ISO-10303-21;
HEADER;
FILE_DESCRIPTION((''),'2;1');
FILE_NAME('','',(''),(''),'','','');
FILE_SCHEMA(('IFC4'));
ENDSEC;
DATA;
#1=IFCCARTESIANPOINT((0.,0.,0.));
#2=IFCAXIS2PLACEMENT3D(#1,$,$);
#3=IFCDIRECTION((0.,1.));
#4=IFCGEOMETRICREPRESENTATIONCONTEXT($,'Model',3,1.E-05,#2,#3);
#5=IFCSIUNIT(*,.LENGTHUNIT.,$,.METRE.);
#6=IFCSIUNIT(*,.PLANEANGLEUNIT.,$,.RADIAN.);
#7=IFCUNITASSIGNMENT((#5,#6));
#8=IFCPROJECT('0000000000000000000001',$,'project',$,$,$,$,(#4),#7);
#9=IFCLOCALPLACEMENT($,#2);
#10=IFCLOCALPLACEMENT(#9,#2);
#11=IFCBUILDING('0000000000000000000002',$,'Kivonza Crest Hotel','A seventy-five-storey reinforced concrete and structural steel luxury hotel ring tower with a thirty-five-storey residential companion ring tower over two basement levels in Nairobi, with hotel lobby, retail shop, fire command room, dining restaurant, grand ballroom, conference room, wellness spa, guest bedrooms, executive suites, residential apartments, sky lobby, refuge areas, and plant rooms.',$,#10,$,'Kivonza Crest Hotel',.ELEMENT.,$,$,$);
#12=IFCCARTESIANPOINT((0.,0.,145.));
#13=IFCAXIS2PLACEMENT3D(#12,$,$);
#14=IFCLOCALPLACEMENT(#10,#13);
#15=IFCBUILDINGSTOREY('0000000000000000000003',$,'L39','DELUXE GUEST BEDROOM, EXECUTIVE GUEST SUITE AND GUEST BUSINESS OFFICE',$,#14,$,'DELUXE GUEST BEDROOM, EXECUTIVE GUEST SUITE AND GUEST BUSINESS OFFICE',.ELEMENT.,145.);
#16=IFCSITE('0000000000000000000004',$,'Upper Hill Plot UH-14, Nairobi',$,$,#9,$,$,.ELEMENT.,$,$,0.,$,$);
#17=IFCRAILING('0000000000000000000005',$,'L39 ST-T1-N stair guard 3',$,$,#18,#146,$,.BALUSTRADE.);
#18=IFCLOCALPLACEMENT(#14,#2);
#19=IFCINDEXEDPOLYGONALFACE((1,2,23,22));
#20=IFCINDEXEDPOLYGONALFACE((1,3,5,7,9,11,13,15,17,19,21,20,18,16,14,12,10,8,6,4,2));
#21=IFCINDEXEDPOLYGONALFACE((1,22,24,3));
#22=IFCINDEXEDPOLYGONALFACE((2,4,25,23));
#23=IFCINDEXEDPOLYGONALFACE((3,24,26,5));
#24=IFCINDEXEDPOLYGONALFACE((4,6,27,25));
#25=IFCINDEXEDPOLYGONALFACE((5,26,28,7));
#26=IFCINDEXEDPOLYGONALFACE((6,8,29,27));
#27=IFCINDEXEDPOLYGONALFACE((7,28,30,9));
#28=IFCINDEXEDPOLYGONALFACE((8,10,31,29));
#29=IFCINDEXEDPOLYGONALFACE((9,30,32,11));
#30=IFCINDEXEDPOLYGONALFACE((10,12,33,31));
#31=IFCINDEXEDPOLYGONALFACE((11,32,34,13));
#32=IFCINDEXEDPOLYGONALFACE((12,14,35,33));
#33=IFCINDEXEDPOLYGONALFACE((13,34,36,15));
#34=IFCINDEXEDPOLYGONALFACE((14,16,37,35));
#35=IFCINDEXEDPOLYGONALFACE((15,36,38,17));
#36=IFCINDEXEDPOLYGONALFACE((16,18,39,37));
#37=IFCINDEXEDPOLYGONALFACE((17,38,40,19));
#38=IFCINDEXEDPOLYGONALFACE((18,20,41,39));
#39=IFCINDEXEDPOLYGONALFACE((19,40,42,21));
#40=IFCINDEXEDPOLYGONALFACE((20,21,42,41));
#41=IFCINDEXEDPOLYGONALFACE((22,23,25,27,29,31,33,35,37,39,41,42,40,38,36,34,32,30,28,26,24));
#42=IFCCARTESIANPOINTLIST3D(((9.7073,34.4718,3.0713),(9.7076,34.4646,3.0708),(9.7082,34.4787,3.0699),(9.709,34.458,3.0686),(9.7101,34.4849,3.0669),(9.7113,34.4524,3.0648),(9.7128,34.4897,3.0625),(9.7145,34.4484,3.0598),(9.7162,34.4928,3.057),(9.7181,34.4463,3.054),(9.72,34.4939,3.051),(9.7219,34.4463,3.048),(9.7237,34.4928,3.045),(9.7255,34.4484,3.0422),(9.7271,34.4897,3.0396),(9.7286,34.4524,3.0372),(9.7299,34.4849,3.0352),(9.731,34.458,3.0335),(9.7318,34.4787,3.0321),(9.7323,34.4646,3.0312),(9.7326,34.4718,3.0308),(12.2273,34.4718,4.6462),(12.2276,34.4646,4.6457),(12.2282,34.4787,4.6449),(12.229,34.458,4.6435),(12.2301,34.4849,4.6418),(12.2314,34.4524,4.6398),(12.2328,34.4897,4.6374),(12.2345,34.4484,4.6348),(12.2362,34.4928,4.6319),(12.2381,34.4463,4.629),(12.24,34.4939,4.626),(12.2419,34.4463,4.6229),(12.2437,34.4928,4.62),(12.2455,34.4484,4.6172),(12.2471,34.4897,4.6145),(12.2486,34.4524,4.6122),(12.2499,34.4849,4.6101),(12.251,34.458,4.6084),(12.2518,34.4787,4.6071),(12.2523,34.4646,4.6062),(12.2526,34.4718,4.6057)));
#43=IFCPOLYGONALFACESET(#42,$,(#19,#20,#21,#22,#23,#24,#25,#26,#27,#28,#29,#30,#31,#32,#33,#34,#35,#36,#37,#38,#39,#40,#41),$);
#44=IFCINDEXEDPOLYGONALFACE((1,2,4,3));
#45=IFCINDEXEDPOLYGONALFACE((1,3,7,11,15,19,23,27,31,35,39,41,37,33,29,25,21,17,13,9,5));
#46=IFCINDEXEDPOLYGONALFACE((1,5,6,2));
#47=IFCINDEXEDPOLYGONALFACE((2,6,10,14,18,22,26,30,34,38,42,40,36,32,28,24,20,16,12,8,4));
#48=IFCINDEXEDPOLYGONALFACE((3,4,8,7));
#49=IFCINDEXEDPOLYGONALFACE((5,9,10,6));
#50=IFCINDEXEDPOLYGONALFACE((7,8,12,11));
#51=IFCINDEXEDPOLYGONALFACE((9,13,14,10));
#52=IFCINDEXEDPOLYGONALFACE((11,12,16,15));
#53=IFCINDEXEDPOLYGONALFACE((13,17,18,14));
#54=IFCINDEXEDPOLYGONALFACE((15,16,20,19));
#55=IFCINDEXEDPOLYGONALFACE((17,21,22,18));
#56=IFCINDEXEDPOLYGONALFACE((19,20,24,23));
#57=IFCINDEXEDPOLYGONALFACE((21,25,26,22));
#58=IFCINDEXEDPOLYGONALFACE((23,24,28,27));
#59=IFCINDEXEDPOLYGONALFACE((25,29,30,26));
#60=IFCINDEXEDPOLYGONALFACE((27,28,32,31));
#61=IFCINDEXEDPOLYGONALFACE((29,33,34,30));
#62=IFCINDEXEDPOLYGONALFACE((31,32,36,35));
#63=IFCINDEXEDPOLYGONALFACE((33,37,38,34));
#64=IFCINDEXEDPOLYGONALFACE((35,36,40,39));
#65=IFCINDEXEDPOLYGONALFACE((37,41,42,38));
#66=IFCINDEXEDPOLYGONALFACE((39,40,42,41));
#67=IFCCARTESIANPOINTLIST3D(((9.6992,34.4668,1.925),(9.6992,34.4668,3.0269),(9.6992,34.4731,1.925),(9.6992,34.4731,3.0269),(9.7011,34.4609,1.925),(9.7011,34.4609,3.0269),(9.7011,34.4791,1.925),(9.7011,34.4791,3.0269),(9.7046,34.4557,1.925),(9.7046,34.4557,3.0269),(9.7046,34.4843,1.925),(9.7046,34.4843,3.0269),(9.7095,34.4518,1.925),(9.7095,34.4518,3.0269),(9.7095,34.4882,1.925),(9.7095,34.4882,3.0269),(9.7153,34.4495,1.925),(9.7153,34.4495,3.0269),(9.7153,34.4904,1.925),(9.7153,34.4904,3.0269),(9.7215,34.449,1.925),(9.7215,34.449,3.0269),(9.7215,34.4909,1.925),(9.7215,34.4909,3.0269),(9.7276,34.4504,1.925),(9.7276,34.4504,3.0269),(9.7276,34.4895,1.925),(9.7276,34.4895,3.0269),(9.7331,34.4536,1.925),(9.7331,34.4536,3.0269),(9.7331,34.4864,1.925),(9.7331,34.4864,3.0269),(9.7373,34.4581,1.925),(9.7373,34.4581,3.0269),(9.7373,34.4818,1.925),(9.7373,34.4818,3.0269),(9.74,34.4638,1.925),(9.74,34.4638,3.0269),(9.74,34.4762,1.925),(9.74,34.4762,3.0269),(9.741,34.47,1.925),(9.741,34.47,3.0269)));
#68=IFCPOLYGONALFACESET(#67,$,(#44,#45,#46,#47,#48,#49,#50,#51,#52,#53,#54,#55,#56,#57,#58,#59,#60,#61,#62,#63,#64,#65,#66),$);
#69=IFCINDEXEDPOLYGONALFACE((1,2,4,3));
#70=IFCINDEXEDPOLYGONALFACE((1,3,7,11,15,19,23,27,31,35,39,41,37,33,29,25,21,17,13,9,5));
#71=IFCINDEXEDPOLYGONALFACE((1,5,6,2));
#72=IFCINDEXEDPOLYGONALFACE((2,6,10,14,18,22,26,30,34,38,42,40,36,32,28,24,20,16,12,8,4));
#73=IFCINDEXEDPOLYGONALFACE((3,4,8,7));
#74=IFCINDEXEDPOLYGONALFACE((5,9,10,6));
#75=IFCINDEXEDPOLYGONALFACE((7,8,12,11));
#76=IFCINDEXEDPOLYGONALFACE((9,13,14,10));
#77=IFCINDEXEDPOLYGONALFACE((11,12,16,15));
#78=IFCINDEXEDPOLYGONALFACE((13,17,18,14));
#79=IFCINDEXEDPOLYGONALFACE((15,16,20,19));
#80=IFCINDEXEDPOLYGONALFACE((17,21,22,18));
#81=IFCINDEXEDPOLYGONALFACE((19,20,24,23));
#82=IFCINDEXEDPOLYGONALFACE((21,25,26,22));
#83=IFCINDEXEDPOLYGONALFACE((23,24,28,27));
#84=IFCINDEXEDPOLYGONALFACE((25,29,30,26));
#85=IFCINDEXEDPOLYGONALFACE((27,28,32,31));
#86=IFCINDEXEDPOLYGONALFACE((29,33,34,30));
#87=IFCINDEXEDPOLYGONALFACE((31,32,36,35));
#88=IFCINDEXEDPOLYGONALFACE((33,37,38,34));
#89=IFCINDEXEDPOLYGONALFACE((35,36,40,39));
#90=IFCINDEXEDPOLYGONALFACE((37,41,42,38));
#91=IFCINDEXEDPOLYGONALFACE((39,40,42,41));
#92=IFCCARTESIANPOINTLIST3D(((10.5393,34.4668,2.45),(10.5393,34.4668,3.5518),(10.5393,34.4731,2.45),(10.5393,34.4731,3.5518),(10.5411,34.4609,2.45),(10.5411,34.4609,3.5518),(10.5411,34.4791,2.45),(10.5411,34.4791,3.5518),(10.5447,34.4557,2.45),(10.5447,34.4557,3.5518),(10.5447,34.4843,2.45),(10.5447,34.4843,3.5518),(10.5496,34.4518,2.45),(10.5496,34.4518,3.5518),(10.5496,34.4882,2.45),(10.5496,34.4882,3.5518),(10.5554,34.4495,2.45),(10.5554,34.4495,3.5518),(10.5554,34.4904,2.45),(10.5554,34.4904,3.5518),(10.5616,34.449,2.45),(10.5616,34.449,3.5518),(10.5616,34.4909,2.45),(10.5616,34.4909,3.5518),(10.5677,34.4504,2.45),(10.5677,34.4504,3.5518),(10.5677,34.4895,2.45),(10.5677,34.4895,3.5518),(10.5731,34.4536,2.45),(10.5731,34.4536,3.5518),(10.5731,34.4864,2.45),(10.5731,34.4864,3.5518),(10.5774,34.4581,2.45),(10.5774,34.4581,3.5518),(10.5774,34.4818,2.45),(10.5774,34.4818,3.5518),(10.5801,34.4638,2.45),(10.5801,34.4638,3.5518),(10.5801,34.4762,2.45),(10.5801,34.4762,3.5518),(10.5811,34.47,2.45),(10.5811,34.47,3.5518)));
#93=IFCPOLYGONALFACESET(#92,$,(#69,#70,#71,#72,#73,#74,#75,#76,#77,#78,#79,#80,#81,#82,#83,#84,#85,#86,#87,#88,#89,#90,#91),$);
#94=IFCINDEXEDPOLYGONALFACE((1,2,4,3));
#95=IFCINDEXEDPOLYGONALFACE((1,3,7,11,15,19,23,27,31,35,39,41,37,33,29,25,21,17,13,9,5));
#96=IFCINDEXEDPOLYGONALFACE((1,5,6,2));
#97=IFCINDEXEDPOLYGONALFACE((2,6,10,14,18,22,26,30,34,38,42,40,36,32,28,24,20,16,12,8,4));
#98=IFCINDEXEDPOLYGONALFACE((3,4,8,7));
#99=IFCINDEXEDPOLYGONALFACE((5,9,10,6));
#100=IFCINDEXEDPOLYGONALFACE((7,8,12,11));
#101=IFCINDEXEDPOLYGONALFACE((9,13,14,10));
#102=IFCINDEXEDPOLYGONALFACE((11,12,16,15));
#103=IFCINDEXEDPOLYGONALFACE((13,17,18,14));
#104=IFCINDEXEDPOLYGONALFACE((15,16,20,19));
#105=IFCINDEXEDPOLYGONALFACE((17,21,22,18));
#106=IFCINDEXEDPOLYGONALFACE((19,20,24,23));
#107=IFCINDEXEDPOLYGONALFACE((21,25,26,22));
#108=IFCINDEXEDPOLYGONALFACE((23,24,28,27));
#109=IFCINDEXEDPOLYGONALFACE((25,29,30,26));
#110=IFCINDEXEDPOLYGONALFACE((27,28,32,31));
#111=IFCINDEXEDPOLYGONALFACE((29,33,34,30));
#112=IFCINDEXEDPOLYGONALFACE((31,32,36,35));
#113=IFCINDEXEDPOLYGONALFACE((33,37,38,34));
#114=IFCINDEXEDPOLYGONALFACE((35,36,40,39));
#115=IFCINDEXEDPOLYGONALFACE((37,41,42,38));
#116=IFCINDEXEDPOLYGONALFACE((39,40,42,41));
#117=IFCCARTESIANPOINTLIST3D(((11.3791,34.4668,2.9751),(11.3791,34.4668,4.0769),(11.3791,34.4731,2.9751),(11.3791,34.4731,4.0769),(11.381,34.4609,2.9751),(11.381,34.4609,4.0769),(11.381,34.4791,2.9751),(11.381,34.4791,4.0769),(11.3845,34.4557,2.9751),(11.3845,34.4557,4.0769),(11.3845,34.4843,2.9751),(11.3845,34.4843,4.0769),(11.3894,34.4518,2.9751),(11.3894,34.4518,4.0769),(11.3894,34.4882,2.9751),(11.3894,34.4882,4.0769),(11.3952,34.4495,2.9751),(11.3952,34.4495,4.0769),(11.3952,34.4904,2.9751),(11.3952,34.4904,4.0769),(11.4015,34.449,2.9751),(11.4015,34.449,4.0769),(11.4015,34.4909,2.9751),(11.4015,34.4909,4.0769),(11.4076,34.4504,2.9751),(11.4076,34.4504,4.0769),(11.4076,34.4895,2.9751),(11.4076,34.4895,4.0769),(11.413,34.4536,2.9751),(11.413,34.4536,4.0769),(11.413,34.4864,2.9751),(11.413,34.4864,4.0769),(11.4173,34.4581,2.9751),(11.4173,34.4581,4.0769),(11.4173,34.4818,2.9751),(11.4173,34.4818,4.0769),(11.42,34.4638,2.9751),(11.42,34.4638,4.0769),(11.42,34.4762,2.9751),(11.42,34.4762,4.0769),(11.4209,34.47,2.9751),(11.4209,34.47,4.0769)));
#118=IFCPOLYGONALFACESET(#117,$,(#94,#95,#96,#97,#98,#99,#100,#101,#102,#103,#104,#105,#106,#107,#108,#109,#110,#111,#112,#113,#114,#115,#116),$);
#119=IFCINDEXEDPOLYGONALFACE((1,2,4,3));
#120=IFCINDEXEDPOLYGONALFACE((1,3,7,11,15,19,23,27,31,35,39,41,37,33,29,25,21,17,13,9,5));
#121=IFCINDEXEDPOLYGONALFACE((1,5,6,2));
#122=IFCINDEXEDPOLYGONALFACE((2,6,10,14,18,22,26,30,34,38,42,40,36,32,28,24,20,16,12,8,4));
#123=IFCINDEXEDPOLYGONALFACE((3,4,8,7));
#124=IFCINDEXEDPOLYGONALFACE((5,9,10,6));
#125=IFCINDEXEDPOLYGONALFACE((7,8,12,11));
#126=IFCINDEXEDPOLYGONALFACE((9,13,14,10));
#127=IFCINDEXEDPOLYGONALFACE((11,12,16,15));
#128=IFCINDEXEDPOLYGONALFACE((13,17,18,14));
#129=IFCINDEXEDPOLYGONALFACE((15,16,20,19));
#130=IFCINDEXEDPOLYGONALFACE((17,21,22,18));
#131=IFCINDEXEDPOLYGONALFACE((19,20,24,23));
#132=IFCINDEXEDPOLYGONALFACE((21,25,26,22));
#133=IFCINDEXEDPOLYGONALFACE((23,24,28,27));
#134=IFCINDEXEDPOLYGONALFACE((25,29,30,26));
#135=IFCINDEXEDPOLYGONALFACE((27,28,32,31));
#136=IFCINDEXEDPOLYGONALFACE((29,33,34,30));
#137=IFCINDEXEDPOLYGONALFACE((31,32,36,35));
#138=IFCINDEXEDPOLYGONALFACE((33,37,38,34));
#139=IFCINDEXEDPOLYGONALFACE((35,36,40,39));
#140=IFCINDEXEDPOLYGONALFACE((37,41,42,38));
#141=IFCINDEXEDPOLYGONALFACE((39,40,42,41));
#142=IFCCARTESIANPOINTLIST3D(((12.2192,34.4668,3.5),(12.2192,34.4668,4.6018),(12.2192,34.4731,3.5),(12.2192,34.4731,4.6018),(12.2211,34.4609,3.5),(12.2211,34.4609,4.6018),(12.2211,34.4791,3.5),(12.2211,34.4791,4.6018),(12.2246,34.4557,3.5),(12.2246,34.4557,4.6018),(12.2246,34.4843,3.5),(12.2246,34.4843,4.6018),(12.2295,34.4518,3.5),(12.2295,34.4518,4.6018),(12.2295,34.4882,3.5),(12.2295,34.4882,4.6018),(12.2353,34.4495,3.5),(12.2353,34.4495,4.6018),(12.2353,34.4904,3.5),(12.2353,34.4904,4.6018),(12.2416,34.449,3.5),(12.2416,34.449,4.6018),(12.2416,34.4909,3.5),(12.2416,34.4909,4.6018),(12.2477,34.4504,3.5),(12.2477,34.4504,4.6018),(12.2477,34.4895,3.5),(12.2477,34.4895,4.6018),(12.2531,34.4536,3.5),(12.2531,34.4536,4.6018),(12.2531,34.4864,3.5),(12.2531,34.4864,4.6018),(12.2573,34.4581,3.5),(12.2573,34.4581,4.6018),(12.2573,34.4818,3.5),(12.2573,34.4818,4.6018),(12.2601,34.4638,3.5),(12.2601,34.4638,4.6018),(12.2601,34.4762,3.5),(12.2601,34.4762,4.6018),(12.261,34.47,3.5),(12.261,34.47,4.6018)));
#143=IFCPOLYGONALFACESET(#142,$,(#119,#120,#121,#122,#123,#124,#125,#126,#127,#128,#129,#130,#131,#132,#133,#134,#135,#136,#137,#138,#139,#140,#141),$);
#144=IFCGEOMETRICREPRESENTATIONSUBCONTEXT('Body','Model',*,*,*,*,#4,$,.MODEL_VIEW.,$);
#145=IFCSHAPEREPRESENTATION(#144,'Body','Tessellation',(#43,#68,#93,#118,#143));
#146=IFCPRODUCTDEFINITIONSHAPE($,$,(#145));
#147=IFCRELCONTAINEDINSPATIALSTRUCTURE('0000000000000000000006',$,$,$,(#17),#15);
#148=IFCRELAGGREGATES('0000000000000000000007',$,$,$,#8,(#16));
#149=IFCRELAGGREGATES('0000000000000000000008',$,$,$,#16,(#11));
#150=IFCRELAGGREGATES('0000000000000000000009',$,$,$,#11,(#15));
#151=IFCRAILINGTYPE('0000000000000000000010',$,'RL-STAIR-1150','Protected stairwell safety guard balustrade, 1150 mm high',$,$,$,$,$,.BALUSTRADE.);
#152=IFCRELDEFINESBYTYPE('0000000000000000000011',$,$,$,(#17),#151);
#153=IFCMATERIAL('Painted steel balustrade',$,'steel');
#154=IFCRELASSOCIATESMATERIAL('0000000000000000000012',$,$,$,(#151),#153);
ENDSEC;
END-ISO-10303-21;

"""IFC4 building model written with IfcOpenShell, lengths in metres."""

from ifc_helpers import new_model, si_unit, direction, frame, origin, origin_2d, place, context, subcontext, project, spatial, circle, extrude, material, type_object, element, save


model = new_model("IFC4")

# Units and contexts
model_context = context("Model", 3, precision=1e-05, world=origin(), true_north=direction((0.0, 1.0)))
body_context = subcontext(model_context, "Body", "Model", "MODEL_VIEW")
ifc_project = project(units=[si_unit("LENGTHUNIT", "METRE"), si_unit("PLANEANGLEUNIT", "RADIAN")], contexts=[model_context])

# Site, building, storey
site_placement = place(None, origin())
site = spatial("IfcSite", under=ifc_project, at=site_placement, Name="Upper Hill Plot UH-14, Nairobi", CompositionType="ELEMENT", RefElevation=0.0)
building_placement = place(site_placement, origin())
building = spatial("IfcBuilding", under=site, at=building_placement, Name="Kivonza Crest Hotel", Description="A seventy-five-storey reinforced concrete and structural steel luxury hotel ring tower with a thirty-five-storey residential companion ring tower over two basement levels in Nairobi, with hotel lobby, retail shop, fire command room, dining restaurant, grand ballroom, conference room, wellness spa, guest bedrooms, executive suites, residential apartments, sky lobby, refuge areas, and plant rooms.", LongName="Kivonza Crest Hotel", CompositionType="ELEMENT")
storey_placement = place(building_placement, frame((0.0, 0.0, 145.0)))
storey = spatial("IfcBuildingStorey", under=building, at=storey_placement, Name="L39", Description="DELUXE GUEST BEDROOM, EXECUTIVE GUEST SUITE AND GUEST BUSINESS OFFICE", LongName="DELUXE GUEST BEDROOM, EXECUTIVE GUEST SUITE AND GUEST BUSINESS OFFICE", CompositionType="ELEMENT", Elevation=145.0)

# Railing
ifc_material_1 = material(Name="Painted steel balustrade", Category="steel")
railing_type_1 = type_object("IfcRailingType", Name="RL-STAIR-1150", Description="Protected stairwell safety guard balustrade, 1150 mm high", PredefinedType="BALUSTRADE", material=ifc_material_1)
railing_1_placement = place(storey_placement, frame((9.72, 34.47, 1.925)))
element("IfcRailing", 1, at=railing_1_placement, inside=storey, type_object=railing_type_1, Name="L39 ST-T1-N stair guard 3", PredefinedType="BALUSTRADE", context=body_context, shape_type="SweptSolid", body=[
    extrude(circle(Radius=0.0239, at=origin_2d()), frame((0.0, 0.0, 1.126), z_axis=(0.848008, 0.0, 0.529984), x_axis=(0.0, 1.0, 0.0)), (0.0, 0.0, 1.0), 2.9717),
    extrude(circle(Radius=0.021, at=origin_2d()), origin(), (0.0, 0.0, 1.0), 1.1018),
    extrude(circle(Radius=0.021, at=origin_2d()), frame((0.8401, 0.0, 0.5249)), (0.0, 0.0, 1.0), 1.1018),
    extrude(circle(Radius=0.021, at=origin_2d()), frame((1.6799, 0.0, 1.05)), (0.0, 0.0, 1.0), 1.1018),
    extrude(circle(Radius=0.021, at=origin_2d()), frame((2.52, 0.0, 1.575)), (0.0, 0.0, 1.0), 1.1018),
])

save(model, "model.ifc")
